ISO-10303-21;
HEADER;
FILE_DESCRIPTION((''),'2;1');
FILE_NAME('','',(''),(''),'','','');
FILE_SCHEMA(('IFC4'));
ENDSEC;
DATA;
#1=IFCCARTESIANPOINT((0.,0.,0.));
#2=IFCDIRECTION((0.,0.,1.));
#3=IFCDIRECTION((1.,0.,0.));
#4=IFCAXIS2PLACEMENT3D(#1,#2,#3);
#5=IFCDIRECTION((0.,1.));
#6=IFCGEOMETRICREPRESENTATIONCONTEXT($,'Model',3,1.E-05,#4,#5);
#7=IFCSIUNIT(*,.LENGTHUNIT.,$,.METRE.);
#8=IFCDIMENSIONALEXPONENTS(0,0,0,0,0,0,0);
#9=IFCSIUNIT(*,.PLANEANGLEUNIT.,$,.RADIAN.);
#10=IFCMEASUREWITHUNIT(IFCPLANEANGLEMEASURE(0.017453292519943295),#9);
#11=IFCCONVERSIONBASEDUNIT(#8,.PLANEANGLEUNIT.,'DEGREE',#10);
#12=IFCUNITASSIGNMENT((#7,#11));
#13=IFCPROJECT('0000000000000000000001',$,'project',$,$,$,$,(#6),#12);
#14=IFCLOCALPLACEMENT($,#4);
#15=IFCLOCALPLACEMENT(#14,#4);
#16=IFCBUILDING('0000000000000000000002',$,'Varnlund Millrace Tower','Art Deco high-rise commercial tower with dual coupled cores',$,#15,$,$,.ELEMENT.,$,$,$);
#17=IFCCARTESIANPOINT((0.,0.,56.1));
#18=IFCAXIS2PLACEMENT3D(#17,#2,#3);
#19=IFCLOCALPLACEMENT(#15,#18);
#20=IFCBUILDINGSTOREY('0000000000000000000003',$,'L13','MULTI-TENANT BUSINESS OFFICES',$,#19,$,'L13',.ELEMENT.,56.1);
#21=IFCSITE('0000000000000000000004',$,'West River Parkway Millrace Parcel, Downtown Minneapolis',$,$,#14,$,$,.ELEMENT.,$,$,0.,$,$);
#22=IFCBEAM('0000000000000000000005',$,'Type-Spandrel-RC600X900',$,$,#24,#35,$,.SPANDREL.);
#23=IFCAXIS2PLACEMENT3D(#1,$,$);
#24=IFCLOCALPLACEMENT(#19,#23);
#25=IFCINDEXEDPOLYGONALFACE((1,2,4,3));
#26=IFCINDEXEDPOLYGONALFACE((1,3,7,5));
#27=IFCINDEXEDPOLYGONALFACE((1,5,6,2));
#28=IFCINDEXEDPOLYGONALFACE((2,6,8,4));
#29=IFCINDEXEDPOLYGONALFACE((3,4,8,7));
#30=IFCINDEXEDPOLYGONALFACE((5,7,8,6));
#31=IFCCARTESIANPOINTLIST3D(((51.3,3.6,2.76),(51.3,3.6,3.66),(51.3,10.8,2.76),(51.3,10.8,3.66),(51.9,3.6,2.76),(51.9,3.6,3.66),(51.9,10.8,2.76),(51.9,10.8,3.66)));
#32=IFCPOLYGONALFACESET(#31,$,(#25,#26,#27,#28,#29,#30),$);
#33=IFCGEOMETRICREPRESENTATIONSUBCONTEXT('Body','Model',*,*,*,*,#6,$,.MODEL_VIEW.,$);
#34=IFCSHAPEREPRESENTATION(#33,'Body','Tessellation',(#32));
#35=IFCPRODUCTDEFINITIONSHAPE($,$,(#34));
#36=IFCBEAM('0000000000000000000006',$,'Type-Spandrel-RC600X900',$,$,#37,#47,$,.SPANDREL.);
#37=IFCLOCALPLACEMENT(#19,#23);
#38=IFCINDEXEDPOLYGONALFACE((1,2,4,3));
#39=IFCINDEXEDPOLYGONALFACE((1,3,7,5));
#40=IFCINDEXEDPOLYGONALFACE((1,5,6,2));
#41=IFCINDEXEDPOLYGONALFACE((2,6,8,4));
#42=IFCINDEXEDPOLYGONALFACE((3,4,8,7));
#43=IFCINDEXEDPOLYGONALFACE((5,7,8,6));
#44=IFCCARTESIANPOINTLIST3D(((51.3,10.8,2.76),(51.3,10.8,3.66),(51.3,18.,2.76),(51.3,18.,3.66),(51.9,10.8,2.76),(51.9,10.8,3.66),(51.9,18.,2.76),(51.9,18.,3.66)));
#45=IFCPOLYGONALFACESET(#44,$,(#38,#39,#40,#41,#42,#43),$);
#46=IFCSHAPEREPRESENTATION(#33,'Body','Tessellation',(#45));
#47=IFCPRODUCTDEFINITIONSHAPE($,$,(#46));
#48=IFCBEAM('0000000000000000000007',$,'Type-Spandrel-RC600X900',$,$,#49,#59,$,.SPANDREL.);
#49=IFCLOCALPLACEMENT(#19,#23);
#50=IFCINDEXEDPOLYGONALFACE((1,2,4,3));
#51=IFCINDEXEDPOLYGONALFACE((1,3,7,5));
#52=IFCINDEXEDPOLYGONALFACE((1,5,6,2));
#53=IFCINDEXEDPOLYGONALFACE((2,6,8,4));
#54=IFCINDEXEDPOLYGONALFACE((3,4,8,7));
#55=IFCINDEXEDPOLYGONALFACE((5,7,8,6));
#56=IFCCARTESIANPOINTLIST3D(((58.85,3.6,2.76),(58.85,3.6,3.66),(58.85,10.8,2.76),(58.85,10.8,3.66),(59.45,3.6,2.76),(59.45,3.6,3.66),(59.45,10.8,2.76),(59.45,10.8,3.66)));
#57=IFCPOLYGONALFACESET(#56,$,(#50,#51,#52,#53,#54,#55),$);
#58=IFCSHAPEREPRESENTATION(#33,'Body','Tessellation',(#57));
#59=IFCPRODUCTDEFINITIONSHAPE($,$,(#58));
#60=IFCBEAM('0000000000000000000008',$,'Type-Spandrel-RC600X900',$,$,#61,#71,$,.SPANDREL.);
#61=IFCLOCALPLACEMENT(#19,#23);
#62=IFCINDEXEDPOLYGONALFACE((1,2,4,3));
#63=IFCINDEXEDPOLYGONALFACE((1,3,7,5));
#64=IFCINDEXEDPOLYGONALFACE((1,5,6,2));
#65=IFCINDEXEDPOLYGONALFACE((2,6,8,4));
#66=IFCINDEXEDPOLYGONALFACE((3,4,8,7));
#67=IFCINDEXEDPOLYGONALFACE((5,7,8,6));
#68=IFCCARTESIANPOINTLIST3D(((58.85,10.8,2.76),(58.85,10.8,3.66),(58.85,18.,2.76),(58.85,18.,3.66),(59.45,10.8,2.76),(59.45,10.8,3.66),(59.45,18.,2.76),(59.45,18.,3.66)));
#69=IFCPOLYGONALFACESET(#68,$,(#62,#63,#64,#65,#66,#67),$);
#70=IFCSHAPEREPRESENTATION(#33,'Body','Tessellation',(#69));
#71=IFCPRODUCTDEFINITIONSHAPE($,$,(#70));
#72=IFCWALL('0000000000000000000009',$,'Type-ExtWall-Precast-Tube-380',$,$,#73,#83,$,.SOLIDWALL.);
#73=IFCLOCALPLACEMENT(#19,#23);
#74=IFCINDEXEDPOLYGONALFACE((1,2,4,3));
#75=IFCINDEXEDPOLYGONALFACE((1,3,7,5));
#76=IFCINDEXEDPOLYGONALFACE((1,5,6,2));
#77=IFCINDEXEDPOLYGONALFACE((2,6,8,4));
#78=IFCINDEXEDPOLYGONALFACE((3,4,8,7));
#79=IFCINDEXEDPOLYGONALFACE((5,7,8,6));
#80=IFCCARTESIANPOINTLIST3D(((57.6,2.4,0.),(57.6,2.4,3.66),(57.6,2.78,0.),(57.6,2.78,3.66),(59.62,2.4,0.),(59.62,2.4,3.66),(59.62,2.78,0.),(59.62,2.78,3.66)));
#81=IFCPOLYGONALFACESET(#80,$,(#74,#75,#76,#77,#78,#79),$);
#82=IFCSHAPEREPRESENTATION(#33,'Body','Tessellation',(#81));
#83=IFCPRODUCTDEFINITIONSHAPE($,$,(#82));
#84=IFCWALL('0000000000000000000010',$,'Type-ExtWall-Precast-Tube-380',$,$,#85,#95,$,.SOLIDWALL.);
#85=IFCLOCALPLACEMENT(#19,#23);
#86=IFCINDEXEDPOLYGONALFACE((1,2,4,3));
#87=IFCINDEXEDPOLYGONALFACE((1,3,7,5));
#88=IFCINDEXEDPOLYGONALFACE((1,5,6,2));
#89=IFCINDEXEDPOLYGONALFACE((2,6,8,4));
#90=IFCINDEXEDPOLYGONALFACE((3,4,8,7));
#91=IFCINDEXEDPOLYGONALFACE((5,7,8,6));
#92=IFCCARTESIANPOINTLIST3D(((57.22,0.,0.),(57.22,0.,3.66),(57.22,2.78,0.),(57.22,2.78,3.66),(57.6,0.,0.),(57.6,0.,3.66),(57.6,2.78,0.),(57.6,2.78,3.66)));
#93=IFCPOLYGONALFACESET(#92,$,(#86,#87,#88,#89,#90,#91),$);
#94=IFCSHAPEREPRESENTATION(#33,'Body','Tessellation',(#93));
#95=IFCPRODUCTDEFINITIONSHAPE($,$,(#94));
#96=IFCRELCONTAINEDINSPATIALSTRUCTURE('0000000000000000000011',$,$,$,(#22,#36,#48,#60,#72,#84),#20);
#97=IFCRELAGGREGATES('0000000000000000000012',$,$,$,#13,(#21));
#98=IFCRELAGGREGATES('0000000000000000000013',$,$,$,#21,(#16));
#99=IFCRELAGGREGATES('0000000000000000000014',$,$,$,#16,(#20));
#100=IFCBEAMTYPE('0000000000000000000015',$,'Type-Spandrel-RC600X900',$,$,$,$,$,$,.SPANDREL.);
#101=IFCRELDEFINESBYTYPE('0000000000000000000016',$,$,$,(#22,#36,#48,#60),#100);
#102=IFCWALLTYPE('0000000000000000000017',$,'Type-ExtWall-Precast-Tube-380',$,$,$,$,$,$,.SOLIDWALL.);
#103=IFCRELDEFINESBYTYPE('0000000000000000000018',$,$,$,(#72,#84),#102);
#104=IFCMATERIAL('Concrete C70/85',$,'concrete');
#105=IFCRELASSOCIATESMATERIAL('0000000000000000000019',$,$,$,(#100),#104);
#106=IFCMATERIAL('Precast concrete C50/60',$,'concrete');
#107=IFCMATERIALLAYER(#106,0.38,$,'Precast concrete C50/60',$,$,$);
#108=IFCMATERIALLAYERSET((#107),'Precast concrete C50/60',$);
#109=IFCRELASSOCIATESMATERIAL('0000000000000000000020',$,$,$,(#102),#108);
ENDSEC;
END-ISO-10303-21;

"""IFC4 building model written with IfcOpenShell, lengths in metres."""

from ifc_helpers import new_model, entity, si_unit, converted_unit, direction, frame, origin_with_axes, origin_2d_with_axis, place, context, subcontext, project, spatial, polyline, rectangle, outline, extrude, material, layer, layer_set, material_profile, profile_set, type_object, element, save


model = new_model("IFC4")

# Units and contexts
model_context = context("Model", 3, precision=1e-05, world=origin_with_axes(), true_north=direction((0.0, 1.0)))
body_context = subcontext(model_context, "Body", "Model", "MODEL_VIEW")
ifc_project = project(units=[si_unit("LENGTHUNIT", "METRE"), converted_unit("PLANEANGLEUNIT", "DEGREE", entity("IfcPlaneAngleMeasure", 0.017453292519943295), si_unit("PLANEANGLEUNIT", "RADIAN"), dimensions=[0, 0, 0, 0, 0, 0, 0])], contexts=[model_context])

# Site, building, storey
site_placement = place(None, origin_with_axes())
site = spatial("IfcSite", under=ifc_project, at=site_placement, Name="West River Parkway Millrace Parcel, Downtown Minneapolis", CompositionType="ELEMENT", RefElevation=0.0)
building_placement = place(site_placement, origin_with_axes())
building = spatial("IfcBuilding", under=site, at=building_placement, Name="Varnlund Millrace Tower", Description="Art Deco high-rise commercial tower with dual coupled cores", CompositionType="ELEMENT")
storey_placement = place(building_placement, frame((0.0, 0.0, 56.1), z_axis=(0.0, 0.0, 1.0), x_axis=(1.0, 0.0, 0.0)))
storey = spatial("IfcBuildingStorey", under=building, at=storey_placement, Name="L13", Description="MULTI-TENANT BUSINESS OFFICES", LongName="L13", CompositionType="ELEMENT", Elevation=56.1)

# Beams
ifc_material_1 = material(Name="Concrete C70/85", Category="concrete")
ifc_material_profile_1 = material_profile(ifc_material_1, rectangle(XDim=0.6, YDim=0.9, at=origin_2d_with_axis()), Name="Concrete C70/85")
ifc_profile_set_1 = profile_set([ifc_material_profile_1], Name="Concrete C70/85")
beam_type_1 = type_object("IfcBeamType", Name="Type-Spandrel-RC600X900", PredefinedType="SPANDREL", material=ifc_profile_set_1)
for number, where, z_axis, x_axis, name in (
    (1, (51.6, 3.6, 3.21), (0.0, 1.0, 0.0), (-1.0, 0.0, 0.0), "Type-Spandrel-RC600X900"),
    (2, (51.6, 10.8, 3.21), (0.0, 1.0, 0.0), (-1.0, 0.0, 0.0), "Type-Spandrel-RC600X900"),
    (3, (59.15, 3.6, 3.21), (0.0, 1.0, 0.0), (-1.0, 0.0, 0.0), "Type-Spandrel-RC600X900"),
    (4, (59.15, 10.8, 3.21), (0.0, 1.0, 0.0), (-1.0, 0.0, 0.0), "Type-Spandrel-RC600X900"),
):
    element("IfcBeam", number, at=place(storey_placement, frame(where, z_axis=z_axis, x_axis=x_axis)), inside=storey, type_object=beam_type_1, Name=name, PredefinedType="SPANDREL", context=body_context, shape_type="SweptSolid", body=[
        extrude(rectangle(XDim=0.6, YDim=0.9, at=origin_2d_with_axis()), origin_with_axes(), (0.0, 0.0, 1.0), 7.2),
    ])

# Walls
ifc_material_2 = material(Name="Precast concrete C50/60", Category="concrete")
ifc_layer_1 = layer(ifc_material_2, 0.38, Name="Precast concrete C50/60")
ifc_layer_set_1 = layer_set([ifc_layer_1], Name="Precast concrete C50/60")
wall_type_1 = type_object("IfcWallType", Name="Type-ExtWall-Precast-Tube-380", PredefinedType="SOLIDWALL", material=ifc_layer_set_1)
wall_1_placement = place(storey_placement, frame((59.62, 2.59, 0.0), z_axis=(0.0, 0.0, 1.0), x_axis=(-1.0, 0.0, 0.0)))
element("IfcWall", 5, at=wall_1_placement, inside=storey, type_object=wall_type_1, Name="Type-ExtWall-Precast-Tube-380", PredefinedType="SOLIDWALL", context=body_context, shape_type="SweptSolid", body=[
    extrude(outline(polyline([(0.0, -0.19), (2.02, -0.19), (2.02, 0.19), (0.0, 0.19), (0.0, -0.19)])), origin_with_axes(), (0.0, 0.0, 1.0), 3.66),
])
wall_2_placement = place(storey_placement, frame((57.41, 2.78, 0.0), z_axis=(0.0, 0.0, 1.0), x_axis=(0.0, -1.0, 0.0)))
element("IfcWall", 6, at=wall_2_placement, inside=storey, type_object=wall_type_1, Name="Type-ExtWall-Precast-Tube-380", PredefinedType="SOLIDWALL", context=body_context, shape_type="SweptSolid", body=[
    extrude(outline(polyline([(0.0, -0.19), (2.78, -0.19), (2.78, 0.19), (0.0, 0.19), (0.0, -0.19)])), origin_with_axes(), (0.0, 0.0, 1.0), 3.66),
])

save(model, "model.ifc")
